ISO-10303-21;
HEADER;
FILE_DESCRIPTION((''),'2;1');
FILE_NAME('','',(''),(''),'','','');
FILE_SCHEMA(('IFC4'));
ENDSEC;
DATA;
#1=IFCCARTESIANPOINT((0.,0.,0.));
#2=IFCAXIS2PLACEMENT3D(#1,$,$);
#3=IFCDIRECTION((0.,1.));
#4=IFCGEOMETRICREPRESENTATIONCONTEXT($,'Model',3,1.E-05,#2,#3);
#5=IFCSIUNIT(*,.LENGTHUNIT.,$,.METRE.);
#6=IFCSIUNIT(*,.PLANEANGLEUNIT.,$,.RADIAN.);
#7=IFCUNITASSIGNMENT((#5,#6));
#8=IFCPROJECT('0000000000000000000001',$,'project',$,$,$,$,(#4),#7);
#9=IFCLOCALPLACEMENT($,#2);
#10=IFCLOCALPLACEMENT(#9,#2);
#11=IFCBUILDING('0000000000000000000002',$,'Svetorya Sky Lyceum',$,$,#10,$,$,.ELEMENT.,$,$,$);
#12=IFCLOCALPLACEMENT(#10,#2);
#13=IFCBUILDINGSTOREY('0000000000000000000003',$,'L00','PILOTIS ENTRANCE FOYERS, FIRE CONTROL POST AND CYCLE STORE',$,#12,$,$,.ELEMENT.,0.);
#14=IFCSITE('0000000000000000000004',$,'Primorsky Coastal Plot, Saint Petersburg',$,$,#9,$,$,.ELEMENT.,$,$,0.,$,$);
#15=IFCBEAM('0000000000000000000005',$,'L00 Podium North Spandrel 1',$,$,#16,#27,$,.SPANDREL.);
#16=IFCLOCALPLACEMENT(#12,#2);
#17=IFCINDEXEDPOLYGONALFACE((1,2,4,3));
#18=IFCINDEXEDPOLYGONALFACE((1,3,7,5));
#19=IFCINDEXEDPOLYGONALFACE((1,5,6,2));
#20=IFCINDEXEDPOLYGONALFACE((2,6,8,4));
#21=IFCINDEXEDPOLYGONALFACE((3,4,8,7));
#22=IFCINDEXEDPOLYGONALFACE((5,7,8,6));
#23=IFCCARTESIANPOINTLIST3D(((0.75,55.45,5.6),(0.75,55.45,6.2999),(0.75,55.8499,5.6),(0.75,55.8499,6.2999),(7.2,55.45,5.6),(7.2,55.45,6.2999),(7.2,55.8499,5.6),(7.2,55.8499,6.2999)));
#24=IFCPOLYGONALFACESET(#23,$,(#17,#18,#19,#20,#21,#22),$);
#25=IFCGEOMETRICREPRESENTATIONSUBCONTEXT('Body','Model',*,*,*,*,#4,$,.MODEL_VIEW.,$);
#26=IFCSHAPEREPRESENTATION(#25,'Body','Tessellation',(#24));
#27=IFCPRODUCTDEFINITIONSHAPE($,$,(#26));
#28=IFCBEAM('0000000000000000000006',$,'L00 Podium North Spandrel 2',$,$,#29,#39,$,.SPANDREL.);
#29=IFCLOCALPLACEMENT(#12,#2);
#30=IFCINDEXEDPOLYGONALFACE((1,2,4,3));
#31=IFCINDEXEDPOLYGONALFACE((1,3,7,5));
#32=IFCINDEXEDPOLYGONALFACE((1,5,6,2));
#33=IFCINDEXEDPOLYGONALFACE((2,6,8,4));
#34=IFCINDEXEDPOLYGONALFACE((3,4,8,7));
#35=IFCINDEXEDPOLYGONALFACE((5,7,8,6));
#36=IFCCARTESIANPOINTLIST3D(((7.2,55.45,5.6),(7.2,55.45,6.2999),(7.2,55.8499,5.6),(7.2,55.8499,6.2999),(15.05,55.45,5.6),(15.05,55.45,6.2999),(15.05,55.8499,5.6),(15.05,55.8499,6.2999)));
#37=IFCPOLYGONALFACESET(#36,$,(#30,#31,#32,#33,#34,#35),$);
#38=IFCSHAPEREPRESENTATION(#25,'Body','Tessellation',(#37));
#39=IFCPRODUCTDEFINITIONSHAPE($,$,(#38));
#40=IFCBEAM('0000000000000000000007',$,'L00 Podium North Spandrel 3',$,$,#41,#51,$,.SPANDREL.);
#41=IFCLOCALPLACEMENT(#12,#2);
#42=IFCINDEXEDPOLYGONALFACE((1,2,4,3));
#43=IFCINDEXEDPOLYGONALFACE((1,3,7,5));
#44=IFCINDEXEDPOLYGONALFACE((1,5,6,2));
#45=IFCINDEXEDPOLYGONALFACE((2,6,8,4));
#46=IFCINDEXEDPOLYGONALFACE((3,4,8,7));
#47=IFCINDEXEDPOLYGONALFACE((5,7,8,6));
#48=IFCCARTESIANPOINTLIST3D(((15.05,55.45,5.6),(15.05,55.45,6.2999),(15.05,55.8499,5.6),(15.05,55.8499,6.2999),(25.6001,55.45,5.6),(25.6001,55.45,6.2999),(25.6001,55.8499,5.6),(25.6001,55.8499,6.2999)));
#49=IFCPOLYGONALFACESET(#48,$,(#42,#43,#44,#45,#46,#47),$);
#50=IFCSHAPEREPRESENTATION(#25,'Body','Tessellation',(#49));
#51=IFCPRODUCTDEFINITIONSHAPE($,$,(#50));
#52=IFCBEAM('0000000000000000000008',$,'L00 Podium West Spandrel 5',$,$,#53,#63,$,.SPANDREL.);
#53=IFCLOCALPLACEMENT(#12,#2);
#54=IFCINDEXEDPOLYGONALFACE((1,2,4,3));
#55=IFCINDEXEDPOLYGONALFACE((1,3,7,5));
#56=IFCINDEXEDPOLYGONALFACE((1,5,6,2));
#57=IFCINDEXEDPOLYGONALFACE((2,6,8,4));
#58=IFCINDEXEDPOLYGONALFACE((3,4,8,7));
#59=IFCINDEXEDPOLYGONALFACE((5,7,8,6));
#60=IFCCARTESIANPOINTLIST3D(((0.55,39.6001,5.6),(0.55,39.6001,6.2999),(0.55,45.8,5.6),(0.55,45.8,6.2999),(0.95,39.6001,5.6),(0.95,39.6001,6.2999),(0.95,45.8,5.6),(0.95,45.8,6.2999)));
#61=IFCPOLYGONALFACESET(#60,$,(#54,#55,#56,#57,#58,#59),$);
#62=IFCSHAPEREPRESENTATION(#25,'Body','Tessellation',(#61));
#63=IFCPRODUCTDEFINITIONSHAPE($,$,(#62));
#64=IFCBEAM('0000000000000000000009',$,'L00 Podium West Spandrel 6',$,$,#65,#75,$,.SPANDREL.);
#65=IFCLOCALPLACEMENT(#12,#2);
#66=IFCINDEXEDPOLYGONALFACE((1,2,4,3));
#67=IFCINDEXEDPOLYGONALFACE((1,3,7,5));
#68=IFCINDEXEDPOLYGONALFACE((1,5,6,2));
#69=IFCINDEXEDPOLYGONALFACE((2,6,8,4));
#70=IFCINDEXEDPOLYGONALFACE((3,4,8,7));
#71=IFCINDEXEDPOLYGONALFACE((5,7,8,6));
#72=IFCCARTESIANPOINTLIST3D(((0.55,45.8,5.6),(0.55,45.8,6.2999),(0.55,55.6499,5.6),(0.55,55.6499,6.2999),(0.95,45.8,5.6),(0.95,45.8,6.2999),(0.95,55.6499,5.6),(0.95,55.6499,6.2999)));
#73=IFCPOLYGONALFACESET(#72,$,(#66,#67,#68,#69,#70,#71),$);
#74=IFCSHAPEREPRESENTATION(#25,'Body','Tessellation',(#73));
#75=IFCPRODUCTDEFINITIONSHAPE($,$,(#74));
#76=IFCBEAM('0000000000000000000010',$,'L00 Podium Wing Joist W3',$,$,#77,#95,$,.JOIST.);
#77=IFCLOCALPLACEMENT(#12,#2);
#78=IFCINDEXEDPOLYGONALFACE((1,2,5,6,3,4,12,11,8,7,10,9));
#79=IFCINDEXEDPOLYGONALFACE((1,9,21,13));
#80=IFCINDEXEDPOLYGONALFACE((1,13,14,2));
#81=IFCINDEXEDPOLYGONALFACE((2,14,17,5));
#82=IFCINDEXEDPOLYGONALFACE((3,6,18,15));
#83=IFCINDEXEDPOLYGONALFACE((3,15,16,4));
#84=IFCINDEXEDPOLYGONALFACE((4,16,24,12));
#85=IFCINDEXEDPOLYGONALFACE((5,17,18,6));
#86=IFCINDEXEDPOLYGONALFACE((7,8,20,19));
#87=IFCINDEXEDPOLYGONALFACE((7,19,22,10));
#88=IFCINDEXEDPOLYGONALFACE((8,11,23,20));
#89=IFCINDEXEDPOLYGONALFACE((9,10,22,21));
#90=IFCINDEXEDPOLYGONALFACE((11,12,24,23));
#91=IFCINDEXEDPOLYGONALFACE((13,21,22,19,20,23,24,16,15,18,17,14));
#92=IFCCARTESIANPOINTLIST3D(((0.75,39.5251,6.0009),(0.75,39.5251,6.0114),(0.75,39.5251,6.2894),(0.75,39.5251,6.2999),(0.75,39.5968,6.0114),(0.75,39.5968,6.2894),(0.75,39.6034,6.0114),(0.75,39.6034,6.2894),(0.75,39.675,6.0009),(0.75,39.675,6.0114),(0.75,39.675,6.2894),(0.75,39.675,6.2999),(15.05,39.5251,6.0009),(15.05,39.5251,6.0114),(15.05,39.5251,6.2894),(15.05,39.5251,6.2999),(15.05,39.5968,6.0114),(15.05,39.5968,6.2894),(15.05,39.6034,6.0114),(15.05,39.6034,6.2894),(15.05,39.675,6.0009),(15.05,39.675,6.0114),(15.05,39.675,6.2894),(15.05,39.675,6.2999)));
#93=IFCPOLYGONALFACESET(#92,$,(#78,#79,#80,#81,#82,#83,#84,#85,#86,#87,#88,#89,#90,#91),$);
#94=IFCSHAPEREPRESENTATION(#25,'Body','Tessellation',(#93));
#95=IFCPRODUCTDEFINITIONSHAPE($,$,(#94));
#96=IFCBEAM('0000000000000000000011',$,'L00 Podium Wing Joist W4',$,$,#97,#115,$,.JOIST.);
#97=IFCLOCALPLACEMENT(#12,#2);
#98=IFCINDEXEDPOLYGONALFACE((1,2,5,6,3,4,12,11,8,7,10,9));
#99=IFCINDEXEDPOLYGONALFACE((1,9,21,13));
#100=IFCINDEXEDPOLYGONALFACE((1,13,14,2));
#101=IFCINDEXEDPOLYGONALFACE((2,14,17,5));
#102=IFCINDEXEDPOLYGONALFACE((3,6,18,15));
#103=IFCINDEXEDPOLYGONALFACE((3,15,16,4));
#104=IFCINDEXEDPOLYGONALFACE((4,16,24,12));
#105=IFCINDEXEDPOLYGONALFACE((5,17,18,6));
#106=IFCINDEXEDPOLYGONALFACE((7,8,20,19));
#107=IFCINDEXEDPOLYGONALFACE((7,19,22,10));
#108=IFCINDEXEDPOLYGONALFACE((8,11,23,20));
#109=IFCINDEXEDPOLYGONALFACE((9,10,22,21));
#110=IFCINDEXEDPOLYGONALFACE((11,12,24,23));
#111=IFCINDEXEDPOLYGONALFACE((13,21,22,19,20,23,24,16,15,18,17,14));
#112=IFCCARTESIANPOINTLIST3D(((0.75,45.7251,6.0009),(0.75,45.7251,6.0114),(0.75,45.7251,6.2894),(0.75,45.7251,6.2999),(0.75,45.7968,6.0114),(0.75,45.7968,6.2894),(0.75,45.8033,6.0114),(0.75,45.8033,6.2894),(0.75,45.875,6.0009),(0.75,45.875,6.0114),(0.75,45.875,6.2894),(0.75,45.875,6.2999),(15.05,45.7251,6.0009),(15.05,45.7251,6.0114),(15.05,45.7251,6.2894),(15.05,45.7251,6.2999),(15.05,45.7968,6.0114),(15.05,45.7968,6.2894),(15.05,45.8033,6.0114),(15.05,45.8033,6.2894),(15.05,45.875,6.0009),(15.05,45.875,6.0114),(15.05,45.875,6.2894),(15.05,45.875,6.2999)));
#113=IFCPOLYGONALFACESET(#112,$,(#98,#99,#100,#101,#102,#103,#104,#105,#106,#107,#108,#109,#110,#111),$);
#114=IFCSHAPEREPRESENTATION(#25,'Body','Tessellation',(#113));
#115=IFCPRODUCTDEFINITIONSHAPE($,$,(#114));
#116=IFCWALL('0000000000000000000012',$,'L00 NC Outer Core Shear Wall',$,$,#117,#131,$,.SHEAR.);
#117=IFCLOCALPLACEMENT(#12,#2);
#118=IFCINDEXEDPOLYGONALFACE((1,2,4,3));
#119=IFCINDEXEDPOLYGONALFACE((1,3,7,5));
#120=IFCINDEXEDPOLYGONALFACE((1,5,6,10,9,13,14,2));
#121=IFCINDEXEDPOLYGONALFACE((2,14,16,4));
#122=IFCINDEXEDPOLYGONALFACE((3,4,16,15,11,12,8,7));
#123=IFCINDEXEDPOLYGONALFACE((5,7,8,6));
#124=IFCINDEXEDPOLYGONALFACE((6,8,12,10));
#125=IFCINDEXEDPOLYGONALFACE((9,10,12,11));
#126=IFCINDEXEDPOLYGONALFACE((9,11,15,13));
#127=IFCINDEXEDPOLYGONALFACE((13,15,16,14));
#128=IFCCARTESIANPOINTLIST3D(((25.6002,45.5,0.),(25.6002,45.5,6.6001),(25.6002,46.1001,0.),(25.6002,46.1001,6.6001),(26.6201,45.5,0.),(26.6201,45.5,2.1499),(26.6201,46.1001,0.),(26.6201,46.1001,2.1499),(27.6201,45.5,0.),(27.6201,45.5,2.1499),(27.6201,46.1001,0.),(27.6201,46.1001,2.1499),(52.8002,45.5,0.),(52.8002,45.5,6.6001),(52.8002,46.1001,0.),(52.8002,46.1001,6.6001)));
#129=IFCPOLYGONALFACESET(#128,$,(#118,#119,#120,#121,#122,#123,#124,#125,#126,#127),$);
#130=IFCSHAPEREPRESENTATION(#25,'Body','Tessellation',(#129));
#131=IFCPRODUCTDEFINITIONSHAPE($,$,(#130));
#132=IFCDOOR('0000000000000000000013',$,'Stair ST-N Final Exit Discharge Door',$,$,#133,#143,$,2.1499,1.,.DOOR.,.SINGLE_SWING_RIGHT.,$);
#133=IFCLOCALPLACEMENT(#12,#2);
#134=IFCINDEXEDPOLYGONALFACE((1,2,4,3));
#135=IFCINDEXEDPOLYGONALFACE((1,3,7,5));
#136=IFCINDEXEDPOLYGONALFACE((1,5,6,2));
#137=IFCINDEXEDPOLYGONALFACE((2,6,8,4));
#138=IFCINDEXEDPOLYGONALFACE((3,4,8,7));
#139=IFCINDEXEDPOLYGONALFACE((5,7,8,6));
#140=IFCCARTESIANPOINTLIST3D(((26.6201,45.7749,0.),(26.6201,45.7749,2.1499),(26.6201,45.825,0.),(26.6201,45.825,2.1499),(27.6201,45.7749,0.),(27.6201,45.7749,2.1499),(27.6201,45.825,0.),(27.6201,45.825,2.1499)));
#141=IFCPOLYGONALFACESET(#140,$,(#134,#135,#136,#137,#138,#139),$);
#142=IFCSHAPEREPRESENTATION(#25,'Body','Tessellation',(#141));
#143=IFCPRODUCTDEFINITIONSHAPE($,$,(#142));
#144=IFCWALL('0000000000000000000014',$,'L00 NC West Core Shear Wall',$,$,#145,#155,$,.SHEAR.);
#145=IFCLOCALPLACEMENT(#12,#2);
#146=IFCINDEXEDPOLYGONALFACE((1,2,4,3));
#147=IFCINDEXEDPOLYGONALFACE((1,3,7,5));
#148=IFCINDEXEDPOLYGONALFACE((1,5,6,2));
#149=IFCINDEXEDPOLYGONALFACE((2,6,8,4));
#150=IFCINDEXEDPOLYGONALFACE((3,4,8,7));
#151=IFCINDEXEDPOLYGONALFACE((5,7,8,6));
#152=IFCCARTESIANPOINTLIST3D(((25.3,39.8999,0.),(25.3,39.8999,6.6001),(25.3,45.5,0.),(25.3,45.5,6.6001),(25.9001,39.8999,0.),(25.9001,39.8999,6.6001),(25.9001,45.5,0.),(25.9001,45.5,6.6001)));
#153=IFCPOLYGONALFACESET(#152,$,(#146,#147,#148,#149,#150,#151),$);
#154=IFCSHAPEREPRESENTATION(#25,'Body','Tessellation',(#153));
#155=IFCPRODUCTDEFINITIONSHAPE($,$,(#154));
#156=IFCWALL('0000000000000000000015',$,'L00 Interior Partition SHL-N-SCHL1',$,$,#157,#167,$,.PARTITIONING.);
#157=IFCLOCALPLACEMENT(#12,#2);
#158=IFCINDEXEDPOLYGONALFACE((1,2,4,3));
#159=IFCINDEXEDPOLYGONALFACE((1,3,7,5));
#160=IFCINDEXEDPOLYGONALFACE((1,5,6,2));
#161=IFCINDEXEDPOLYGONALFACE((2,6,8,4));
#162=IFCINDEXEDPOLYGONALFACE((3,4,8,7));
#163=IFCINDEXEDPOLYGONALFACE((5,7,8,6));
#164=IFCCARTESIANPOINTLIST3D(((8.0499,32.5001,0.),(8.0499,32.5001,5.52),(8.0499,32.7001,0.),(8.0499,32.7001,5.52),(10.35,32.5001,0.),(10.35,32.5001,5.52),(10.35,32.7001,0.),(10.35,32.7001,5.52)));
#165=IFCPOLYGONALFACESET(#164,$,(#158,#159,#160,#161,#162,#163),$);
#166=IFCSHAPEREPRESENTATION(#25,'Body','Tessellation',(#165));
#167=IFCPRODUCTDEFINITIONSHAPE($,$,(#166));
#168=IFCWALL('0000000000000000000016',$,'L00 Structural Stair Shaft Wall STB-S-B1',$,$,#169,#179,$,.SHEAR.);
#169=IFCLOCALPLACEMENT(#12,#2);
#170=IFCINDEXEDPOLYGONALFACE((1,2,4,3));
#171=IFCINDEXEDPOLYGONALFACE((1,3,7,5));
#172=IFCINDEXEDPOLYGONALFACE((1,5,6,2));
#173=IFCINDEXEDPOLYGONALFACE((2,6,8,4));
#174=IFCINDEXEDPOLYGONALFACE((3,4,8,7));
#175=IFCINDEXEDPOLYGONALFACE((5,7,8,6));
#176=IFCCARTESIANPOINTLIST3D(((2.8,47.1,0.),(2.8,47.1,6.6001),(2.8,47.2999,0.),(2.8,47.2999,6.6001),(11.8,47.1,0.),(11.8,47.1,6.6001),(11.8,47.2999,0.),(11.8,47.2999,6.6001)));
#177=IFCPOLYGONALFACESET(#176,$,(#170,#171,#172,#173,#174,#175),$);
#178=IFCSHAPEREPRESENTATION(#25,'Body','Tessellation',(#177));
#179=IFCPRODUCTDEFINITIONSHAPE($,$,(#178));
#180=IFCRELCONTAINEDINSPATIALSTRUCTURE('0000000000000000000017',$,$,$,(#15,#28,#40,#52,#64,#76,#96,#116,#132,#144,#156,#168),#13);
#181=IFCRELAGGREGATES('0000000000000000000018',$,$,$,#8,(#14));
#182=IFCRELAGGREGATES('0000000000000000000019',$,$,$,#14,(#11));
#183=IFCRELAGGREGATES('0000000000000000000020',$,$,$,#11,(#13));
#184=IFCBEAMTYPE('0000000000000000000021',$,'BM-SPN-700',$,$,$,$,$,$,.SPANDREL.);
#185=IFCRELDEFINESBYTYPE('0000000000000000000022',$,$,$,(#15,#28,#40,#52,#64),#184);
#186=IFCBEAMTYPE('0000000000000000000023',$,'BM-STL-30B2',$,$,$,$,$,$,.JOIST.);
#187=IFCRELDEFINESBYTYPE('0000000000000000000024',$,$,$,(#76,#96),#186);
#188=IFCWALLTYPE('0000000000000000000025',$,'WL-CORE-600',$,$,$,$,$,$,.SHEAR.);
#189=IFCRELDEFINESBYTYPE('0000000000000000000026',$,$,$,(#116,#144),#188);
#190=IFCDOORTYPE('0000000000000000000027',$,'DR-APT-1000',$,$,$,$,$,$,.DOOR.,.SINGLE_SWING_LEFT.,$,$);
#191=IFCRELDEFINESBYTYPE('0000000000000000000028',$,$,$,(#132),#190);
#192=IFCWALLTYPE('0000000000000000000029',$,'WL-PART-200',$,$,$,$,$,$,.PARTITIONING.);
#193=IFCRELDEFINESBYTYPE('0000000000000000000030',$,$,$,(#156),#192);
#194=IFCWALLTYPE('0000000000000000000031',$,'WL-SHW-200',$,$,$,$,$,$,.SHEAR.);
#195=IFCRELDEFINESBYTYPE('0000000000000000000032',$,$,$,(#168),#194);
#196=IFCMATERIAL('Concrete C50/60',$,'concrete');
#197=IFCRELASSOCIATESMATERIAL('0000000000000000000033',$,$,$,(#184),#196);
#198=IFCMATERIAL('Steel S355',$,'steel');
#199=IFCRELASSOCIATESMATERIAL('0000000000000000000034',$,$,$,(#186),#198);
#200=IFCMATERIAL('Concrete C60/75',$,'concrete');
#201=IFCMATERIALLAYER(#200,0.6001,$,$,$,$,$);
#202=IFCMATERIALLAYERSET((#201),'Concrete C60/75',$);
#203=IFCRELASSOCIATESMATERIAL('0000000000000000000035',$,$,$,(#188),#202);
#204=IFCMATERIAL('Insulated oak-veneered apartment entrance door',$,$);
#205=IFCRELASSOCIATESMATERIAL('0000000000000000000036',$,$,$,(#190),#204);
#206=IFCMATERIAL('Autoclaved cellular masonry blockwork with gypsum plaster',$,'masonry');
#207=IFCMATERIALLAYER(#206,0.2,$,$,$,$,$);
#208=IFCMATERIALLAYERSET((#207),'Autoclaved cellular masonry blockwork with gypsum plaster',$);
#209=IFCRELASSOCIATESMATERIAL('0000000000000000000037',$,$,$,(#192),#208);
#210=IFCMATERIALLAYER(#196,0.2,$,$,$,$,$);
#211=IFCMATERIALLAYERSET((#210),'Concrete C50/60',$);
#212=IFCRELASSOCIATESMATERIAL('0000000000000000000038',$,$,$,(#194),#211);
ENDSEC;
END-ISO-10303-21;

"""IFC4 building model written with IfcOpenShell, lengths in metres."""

from ifc_helpers import new_model, si_unit, direction, frame, frame_2d, origin, origin_2d, place, context, subcontext, project, spatial, rectangle, i_section, extrude, material, layer, layer_set, material_profile, profile_set, type_object, element, fill, save


model = new_model("IFC4")

# Units and contexts
model_context = context("Model", 3, precision=1e-05, world=origin(), true_north=direction((0.0, 1.0)))
body_context = subcontext(model_context, "Body", "Model", "MODEL_VIEW")
ifc_project = project(units=[si_unit("LENGTHUNIT", "METRE"), si_unit("PLANEANGLEUNIT", "RADIAN")], contexts=[model_context])

# Site, building, storey
site_placement = place(None, origin())
site = spatial("IfcSite", under=ifc_project, at=site_placement, Name="Primorsky Coastal Plot, Saint Petersburg", CompositionType="ELEMENT", RefElevation=0.0)
building_placement = place(site_placement, origin())
building = spatial("IfcBuilding", under=site, at=building_placement, Name="Svetorya Sky Lyceum", CompositionType="ELEMENT")
storey_placement = place(building_placement, origin())
storey = spatial("IfcBuildingStorey", under=building, at=storey_placement, Name="L00", Description="PILOTIS ENTRANCE FOYERS, FIRE CONTROL POST AND CYCLE STORE", CompositionType="ELEMENT", Elevation=0.0)

# Shared definitions
ifc_material_1 = material(Name="Concrete C60/75", Category="concrete")

# Beams
ifc_material_2 = material(Name="Concrete C50/60", Category="concrete")
ifc_material_profile_1 = material_profile(ifc_material_2, rectangle(XDim=0.3999, YDim=0.7, at=origin_2d()), Name="RC SPANDREL 400x700")
ifc_profile_set_1 = profile_set([ifc_material_profile_1], Name="Concrete C50/60")
beam_type_1 = type_object("IfcBeamType", Name="BM-SPN-700", PredefinedType="SPANDREL", material=ifc_profile_set_1)
beam_1_placement = place(storey_placement, frame((0.75, 55.6499, 5.95), z_axis=(1.0, 0.0, 0.0), x_axis=(0.0, 1.0, 0.0)))
element("IfcBeam", 1, at=beam_1_placement, inside=storey, type_object=beam_type_1, Name="L00 Podium North Spandrel 1", PredefinedType="SPANDREL", context=body_context, shape_type="SweptSolid", body=[
    extrude(rectangle(XDim=0.3999, YDim=0.7, at=origin_2d()), origin(), (0.0, 0.0, 1.0), 6.45),
])
beam_2_placement = place(storey_placement, frame((7.2, 55.6499, 5.95), z_axis=(1.0, 0.0, 0.0), x_axis=(0.0, 1.0, 0.0)))
element("IfcBeam", 2, at=beam_2_placement, inside=storey, type_object=beam_type_1, Name="L00 Podium North Spandrel 2", PredefinedType="SPANDREL", context=body_context, shape_type="SweptSolid", body=[
    extrude(rectangle(XDim=0.3999, YDim=0.7, at=origin_2d()), origin(), (0.0, 0.0, 1.0), 7.8501),
])
beam_3_placement = place(storey_placement, frame((15.05, 55.6499, 5.95), z_axis=(1.0, 0.0, 0.0), x_axis=(0.0, 1.0, 0.0)))
element("IfcBeam", 3, at=beam_3_placement, inside=storey, type_object=beam_type_1, Name="L00 Podium North Spandrel 3", PredefinedType="SPANDREL", context=body_context, shape_type="SweptSolid", body=[
    extrude(rectangle(XDim=0.3999, YDim=0.7, at=origin_2d()), origin(), (0.0, 0.0, 1.0), 10.55),
])
beam_4_placement = place(storey_placement, frame((0.75, 39.6001, 5.95), z_axis=(0.0, 1.0, 0.0), x_axis=(-1.0, 0.0, 0.0)))
element("IfcBeam", 4, at=beam_4_placement, inside=storey, type_object=beam_type_1, Name="L00 Podium West Spandrel 5", PredefinedType="SPANDREL", context=body_context, shape_type="SweptSolid", body=[
    extrude(rectangle(XDim=0.3999, YDim=0.7, at=origin_2d()), origin(), (0.0, 0.0, 1.0), 6.2),
])
beam_5_placement = place(storey_placement, frame((0.75, 45.8, 5.95), z_axis=(0.0, 1.0, 0.0), x_axis=(-1.0, 0.0, 0.0)))
element("IfcBeam", 5, at=beam_5_placement, inside=storey, type_object=beam_type_1, Name="L00 Podium West Spandrel 6", PredefinedType="SPANDREL", context=body_context, shape_type="SweptSolid", body=[
    extrude(rectangle(XDim=0.3999, YDim=0.7, at=origin_2d()), origin(), (0.0, 0.0, 1.0), 9.8499),
])
ifc_material_3 = material(Name="Steel S355", Category="steel")
ifc_material_profile_2 = material_profile(ifc_material_3, i_section(OverallWidth=0.1499, OverallDepth=0.2991, WebThickness=0.0066, FlangeThickness=0.0105, at=origin_2d()), Name="GOST 30B2")
ifc_profile_set_2 = profile_set([ifc_material_profile_2], Name="Steel S355")
beam_type_2 = type_object("IfcBeamType", Name="BM-STL-30B2", PredefinedType="JOIST", material=ifc_profile_set_2)
for number, where, z_axis, x_axis, name in (
    (6, (0.75, 39.6001, 6.1504), (1.0, 0.0, 0.0), (0.0, 1.0, 0.0), "L00 Podium Wing Joist W3"),
    (7, (0.75, 45.8, 6.1504), (1.0, 0.0, 0.0), (0.0, 1.0, 0.0), "L00 Podium Wing Joist W4"),
):
    element("IfcBeam", number, at=place(storey_placement, frame(where, z_axis=z_axis, x_axis=x_axis)), inside=storey, type_object=beam_type_2, Name=name, PredefinedType="JOIST", context=body_context, shape_type="SweptSolid", body=[
        extrude(i_section(OverallWidth=0.1499, OverallDepth=0.2991, WebThickness=0.0066, FlangeThickness=0.0105, at=origin_2d()), origin(), (0.0, 0.0, 1.0), 14.3),
    ])

# Wall, opening, door
ifc_layer_1 = layer(ifc_material_1, 0.6001)
ifc_layer_set_1 = layer_set([ifc_layer_1], Name="Concrete C60/75")
wall_type_1 = type_object("IfcWallType", Name="WL-CORE-600", PredefinedType="SHEAR", material=ifc_layer_set_1)
wall_1_placement = place(storey_placement, frame((25.6001, 45.8, 0.0), z_axis=(0.0, 0.0, 1.0), x_axis=(1.0, 0.0, 0.0)))
wall_1 = element("IfcWall", 8, at=wall_1_placement, inside=storey, type_object=wall_type_1, Name="L00 NC Outer Core Shear Wall", PredefinedType="SHEAR", context=body_context, shape_type="SweptSolid", body=[
    extrude(rectangle(XDim=27.2, YDim=0.6001, at=frame_2d((13.6001, 0.0))), origin(), (0.0, 0.0, 1.0), 6.6001),
])
opening_1_placement = place(wall_1_placement, frame((1.02, 0.0, 0.0)))
opening_1 = element("IfcOpeningElement", 9, at=opening_1_placement, cuts=wall_1, PredefinedType="OPENING", context=body_context, shape_type="SweptSolid", body=[
    extrude(rectangle(XDim=1.0, YDim=2.1499, at=frame_2d((0.5, 1.075))), frame((0.0, 0.3101, 0.0), z_axis=(0.0, -1.0, 0.0), x_axis=(1.0, 0.0, 0.0)), (0.0, 0.0, 1.0), 0.6201),
])
ifc_material_4 = material(Name="Insulated oak-veneered apartment entrance door")
door_type_1 = type_object("IfcDoorType", Name="DR-APT-1000", OperationType="SINGLE_SWING_LEFT", PredefinedType="DOOR", material=ifc_material_4)
door_1_placement = place(opening_1_placement, origin())
door_1 = element("IfcDoor", 10, at=door_1_placement, inside=storey, type_object=door_type_1, Name="Stair ST-N Final Exit Discharge Door", OperationType="SINGLE_SWING_RIGHT", OverallHeight=2.1499, OverallWidth=1.0, PredefinedType="DOOR", context=body_context, shape_type="SweptSolid", body=[
    extrude(rectangle(XDim=1.0, YDim=2.1499, at=frame_2d((0.5, 1.075))), frame((0.0, 0.0249, 0.0), z_axis=(0.0, -1.0, 0.0), x_axis=(1.0, 0.0, 0.0)), (0.0, 0.0, 1.0), 0.05),
])
fill(opening_1, door_1)

# Walls
wall_2_placement = place(storey_placement, frame((25.6001, 39.8999, 0.0), z_axis=(0.0, 0.0, 1.0), x_axis=(0.0, 1.0, 0.0)))
element("IfcWall", 11, at=wall_2_placement, inside=storey, type_object=wall_type_1, Name="L00 NC West Core Shear Wall", PredefinedType="SHEAR", context=body_context, shape_type="SweptSolid", body=[
    extrude(rectangle(XDim=5.6001, YDim=0.6001, at=frame_2d((2.8, 0.0))), origin(), (0.0, 0.0, 1.0), 6.6001),
])
ifc_material_5 = material(Name="Autoclaved cellular masonry blockwork with gypsum plaster", Category="masonry")
ifc_layer_2 = layer(ifc_material_5, 0.2)
ifc_layer_set_2 = layer_set([ifc_layer_2], Name="Autoclaved cellular masonry blockwork with gypsum plaster")
wall_type_2 = type_object("IfcWallType", Name="WL-PART-200", PredefinedType="PARTITIONING", material=ifc_layer_set_2)
wall_3_placement = place(storey_placement, frame((8.05, 32.6001, 0.0), z_axis=(0.0, 0.0, 1.0), x_axis=(1.0, 0.0, 0.0)))
element("IfcWall", 12, at=wall_3_placement, inside=storey, type_object=wall_type_2, Name="L00 Interior Partition SHL-N-SCHL1", PredefinedType="PARTITIONING", context=body_context, shape_type="SweptSolid", body=[
    extrude(rectangle(XDim=2.3, YDim=0.2, at=frame_2d((1.1499, 0.0))), origin(), (0.0, 0.0, 1.0), 5.52),
])
ifc_layer_3 = layer(ifc_material_2, 0.2)
ifc_layer_set_3 = layer_set([ifc_layer_3], Name="Concrete C50/60")
wall_type_3 = type_object("IfcWallType", Name="WL-SHW-200", PredefinedType="SHEAR", material=ifc_layer_set_3)
for number, where, z_axis, x_axis, name in (
    (13, (2.8, 47.2, 0.0), (0.0, 0.0, 1.0), (1.0, 0.0, 0.0), "L00 Structural Stair Shaft Wall STB-S-B1"),
):
    element("IfcWall", number, at=place(storey_placement, frame(where, z_axis=z_axis, x_axis=x_axis)), inside=storey, type_object=wall_type_3, Name=name, PredefinedType="SHEAR", context=body_context, shape_type="SweptSolid", body=[
        extrude(rectangle(XDim=9.0, YDim=0.2, at=frame_2d((4.5, 0.0))), origin(), (0.0, 0.0, 1.0), 6.6001),
    ])

save(model, "model.ifc")
